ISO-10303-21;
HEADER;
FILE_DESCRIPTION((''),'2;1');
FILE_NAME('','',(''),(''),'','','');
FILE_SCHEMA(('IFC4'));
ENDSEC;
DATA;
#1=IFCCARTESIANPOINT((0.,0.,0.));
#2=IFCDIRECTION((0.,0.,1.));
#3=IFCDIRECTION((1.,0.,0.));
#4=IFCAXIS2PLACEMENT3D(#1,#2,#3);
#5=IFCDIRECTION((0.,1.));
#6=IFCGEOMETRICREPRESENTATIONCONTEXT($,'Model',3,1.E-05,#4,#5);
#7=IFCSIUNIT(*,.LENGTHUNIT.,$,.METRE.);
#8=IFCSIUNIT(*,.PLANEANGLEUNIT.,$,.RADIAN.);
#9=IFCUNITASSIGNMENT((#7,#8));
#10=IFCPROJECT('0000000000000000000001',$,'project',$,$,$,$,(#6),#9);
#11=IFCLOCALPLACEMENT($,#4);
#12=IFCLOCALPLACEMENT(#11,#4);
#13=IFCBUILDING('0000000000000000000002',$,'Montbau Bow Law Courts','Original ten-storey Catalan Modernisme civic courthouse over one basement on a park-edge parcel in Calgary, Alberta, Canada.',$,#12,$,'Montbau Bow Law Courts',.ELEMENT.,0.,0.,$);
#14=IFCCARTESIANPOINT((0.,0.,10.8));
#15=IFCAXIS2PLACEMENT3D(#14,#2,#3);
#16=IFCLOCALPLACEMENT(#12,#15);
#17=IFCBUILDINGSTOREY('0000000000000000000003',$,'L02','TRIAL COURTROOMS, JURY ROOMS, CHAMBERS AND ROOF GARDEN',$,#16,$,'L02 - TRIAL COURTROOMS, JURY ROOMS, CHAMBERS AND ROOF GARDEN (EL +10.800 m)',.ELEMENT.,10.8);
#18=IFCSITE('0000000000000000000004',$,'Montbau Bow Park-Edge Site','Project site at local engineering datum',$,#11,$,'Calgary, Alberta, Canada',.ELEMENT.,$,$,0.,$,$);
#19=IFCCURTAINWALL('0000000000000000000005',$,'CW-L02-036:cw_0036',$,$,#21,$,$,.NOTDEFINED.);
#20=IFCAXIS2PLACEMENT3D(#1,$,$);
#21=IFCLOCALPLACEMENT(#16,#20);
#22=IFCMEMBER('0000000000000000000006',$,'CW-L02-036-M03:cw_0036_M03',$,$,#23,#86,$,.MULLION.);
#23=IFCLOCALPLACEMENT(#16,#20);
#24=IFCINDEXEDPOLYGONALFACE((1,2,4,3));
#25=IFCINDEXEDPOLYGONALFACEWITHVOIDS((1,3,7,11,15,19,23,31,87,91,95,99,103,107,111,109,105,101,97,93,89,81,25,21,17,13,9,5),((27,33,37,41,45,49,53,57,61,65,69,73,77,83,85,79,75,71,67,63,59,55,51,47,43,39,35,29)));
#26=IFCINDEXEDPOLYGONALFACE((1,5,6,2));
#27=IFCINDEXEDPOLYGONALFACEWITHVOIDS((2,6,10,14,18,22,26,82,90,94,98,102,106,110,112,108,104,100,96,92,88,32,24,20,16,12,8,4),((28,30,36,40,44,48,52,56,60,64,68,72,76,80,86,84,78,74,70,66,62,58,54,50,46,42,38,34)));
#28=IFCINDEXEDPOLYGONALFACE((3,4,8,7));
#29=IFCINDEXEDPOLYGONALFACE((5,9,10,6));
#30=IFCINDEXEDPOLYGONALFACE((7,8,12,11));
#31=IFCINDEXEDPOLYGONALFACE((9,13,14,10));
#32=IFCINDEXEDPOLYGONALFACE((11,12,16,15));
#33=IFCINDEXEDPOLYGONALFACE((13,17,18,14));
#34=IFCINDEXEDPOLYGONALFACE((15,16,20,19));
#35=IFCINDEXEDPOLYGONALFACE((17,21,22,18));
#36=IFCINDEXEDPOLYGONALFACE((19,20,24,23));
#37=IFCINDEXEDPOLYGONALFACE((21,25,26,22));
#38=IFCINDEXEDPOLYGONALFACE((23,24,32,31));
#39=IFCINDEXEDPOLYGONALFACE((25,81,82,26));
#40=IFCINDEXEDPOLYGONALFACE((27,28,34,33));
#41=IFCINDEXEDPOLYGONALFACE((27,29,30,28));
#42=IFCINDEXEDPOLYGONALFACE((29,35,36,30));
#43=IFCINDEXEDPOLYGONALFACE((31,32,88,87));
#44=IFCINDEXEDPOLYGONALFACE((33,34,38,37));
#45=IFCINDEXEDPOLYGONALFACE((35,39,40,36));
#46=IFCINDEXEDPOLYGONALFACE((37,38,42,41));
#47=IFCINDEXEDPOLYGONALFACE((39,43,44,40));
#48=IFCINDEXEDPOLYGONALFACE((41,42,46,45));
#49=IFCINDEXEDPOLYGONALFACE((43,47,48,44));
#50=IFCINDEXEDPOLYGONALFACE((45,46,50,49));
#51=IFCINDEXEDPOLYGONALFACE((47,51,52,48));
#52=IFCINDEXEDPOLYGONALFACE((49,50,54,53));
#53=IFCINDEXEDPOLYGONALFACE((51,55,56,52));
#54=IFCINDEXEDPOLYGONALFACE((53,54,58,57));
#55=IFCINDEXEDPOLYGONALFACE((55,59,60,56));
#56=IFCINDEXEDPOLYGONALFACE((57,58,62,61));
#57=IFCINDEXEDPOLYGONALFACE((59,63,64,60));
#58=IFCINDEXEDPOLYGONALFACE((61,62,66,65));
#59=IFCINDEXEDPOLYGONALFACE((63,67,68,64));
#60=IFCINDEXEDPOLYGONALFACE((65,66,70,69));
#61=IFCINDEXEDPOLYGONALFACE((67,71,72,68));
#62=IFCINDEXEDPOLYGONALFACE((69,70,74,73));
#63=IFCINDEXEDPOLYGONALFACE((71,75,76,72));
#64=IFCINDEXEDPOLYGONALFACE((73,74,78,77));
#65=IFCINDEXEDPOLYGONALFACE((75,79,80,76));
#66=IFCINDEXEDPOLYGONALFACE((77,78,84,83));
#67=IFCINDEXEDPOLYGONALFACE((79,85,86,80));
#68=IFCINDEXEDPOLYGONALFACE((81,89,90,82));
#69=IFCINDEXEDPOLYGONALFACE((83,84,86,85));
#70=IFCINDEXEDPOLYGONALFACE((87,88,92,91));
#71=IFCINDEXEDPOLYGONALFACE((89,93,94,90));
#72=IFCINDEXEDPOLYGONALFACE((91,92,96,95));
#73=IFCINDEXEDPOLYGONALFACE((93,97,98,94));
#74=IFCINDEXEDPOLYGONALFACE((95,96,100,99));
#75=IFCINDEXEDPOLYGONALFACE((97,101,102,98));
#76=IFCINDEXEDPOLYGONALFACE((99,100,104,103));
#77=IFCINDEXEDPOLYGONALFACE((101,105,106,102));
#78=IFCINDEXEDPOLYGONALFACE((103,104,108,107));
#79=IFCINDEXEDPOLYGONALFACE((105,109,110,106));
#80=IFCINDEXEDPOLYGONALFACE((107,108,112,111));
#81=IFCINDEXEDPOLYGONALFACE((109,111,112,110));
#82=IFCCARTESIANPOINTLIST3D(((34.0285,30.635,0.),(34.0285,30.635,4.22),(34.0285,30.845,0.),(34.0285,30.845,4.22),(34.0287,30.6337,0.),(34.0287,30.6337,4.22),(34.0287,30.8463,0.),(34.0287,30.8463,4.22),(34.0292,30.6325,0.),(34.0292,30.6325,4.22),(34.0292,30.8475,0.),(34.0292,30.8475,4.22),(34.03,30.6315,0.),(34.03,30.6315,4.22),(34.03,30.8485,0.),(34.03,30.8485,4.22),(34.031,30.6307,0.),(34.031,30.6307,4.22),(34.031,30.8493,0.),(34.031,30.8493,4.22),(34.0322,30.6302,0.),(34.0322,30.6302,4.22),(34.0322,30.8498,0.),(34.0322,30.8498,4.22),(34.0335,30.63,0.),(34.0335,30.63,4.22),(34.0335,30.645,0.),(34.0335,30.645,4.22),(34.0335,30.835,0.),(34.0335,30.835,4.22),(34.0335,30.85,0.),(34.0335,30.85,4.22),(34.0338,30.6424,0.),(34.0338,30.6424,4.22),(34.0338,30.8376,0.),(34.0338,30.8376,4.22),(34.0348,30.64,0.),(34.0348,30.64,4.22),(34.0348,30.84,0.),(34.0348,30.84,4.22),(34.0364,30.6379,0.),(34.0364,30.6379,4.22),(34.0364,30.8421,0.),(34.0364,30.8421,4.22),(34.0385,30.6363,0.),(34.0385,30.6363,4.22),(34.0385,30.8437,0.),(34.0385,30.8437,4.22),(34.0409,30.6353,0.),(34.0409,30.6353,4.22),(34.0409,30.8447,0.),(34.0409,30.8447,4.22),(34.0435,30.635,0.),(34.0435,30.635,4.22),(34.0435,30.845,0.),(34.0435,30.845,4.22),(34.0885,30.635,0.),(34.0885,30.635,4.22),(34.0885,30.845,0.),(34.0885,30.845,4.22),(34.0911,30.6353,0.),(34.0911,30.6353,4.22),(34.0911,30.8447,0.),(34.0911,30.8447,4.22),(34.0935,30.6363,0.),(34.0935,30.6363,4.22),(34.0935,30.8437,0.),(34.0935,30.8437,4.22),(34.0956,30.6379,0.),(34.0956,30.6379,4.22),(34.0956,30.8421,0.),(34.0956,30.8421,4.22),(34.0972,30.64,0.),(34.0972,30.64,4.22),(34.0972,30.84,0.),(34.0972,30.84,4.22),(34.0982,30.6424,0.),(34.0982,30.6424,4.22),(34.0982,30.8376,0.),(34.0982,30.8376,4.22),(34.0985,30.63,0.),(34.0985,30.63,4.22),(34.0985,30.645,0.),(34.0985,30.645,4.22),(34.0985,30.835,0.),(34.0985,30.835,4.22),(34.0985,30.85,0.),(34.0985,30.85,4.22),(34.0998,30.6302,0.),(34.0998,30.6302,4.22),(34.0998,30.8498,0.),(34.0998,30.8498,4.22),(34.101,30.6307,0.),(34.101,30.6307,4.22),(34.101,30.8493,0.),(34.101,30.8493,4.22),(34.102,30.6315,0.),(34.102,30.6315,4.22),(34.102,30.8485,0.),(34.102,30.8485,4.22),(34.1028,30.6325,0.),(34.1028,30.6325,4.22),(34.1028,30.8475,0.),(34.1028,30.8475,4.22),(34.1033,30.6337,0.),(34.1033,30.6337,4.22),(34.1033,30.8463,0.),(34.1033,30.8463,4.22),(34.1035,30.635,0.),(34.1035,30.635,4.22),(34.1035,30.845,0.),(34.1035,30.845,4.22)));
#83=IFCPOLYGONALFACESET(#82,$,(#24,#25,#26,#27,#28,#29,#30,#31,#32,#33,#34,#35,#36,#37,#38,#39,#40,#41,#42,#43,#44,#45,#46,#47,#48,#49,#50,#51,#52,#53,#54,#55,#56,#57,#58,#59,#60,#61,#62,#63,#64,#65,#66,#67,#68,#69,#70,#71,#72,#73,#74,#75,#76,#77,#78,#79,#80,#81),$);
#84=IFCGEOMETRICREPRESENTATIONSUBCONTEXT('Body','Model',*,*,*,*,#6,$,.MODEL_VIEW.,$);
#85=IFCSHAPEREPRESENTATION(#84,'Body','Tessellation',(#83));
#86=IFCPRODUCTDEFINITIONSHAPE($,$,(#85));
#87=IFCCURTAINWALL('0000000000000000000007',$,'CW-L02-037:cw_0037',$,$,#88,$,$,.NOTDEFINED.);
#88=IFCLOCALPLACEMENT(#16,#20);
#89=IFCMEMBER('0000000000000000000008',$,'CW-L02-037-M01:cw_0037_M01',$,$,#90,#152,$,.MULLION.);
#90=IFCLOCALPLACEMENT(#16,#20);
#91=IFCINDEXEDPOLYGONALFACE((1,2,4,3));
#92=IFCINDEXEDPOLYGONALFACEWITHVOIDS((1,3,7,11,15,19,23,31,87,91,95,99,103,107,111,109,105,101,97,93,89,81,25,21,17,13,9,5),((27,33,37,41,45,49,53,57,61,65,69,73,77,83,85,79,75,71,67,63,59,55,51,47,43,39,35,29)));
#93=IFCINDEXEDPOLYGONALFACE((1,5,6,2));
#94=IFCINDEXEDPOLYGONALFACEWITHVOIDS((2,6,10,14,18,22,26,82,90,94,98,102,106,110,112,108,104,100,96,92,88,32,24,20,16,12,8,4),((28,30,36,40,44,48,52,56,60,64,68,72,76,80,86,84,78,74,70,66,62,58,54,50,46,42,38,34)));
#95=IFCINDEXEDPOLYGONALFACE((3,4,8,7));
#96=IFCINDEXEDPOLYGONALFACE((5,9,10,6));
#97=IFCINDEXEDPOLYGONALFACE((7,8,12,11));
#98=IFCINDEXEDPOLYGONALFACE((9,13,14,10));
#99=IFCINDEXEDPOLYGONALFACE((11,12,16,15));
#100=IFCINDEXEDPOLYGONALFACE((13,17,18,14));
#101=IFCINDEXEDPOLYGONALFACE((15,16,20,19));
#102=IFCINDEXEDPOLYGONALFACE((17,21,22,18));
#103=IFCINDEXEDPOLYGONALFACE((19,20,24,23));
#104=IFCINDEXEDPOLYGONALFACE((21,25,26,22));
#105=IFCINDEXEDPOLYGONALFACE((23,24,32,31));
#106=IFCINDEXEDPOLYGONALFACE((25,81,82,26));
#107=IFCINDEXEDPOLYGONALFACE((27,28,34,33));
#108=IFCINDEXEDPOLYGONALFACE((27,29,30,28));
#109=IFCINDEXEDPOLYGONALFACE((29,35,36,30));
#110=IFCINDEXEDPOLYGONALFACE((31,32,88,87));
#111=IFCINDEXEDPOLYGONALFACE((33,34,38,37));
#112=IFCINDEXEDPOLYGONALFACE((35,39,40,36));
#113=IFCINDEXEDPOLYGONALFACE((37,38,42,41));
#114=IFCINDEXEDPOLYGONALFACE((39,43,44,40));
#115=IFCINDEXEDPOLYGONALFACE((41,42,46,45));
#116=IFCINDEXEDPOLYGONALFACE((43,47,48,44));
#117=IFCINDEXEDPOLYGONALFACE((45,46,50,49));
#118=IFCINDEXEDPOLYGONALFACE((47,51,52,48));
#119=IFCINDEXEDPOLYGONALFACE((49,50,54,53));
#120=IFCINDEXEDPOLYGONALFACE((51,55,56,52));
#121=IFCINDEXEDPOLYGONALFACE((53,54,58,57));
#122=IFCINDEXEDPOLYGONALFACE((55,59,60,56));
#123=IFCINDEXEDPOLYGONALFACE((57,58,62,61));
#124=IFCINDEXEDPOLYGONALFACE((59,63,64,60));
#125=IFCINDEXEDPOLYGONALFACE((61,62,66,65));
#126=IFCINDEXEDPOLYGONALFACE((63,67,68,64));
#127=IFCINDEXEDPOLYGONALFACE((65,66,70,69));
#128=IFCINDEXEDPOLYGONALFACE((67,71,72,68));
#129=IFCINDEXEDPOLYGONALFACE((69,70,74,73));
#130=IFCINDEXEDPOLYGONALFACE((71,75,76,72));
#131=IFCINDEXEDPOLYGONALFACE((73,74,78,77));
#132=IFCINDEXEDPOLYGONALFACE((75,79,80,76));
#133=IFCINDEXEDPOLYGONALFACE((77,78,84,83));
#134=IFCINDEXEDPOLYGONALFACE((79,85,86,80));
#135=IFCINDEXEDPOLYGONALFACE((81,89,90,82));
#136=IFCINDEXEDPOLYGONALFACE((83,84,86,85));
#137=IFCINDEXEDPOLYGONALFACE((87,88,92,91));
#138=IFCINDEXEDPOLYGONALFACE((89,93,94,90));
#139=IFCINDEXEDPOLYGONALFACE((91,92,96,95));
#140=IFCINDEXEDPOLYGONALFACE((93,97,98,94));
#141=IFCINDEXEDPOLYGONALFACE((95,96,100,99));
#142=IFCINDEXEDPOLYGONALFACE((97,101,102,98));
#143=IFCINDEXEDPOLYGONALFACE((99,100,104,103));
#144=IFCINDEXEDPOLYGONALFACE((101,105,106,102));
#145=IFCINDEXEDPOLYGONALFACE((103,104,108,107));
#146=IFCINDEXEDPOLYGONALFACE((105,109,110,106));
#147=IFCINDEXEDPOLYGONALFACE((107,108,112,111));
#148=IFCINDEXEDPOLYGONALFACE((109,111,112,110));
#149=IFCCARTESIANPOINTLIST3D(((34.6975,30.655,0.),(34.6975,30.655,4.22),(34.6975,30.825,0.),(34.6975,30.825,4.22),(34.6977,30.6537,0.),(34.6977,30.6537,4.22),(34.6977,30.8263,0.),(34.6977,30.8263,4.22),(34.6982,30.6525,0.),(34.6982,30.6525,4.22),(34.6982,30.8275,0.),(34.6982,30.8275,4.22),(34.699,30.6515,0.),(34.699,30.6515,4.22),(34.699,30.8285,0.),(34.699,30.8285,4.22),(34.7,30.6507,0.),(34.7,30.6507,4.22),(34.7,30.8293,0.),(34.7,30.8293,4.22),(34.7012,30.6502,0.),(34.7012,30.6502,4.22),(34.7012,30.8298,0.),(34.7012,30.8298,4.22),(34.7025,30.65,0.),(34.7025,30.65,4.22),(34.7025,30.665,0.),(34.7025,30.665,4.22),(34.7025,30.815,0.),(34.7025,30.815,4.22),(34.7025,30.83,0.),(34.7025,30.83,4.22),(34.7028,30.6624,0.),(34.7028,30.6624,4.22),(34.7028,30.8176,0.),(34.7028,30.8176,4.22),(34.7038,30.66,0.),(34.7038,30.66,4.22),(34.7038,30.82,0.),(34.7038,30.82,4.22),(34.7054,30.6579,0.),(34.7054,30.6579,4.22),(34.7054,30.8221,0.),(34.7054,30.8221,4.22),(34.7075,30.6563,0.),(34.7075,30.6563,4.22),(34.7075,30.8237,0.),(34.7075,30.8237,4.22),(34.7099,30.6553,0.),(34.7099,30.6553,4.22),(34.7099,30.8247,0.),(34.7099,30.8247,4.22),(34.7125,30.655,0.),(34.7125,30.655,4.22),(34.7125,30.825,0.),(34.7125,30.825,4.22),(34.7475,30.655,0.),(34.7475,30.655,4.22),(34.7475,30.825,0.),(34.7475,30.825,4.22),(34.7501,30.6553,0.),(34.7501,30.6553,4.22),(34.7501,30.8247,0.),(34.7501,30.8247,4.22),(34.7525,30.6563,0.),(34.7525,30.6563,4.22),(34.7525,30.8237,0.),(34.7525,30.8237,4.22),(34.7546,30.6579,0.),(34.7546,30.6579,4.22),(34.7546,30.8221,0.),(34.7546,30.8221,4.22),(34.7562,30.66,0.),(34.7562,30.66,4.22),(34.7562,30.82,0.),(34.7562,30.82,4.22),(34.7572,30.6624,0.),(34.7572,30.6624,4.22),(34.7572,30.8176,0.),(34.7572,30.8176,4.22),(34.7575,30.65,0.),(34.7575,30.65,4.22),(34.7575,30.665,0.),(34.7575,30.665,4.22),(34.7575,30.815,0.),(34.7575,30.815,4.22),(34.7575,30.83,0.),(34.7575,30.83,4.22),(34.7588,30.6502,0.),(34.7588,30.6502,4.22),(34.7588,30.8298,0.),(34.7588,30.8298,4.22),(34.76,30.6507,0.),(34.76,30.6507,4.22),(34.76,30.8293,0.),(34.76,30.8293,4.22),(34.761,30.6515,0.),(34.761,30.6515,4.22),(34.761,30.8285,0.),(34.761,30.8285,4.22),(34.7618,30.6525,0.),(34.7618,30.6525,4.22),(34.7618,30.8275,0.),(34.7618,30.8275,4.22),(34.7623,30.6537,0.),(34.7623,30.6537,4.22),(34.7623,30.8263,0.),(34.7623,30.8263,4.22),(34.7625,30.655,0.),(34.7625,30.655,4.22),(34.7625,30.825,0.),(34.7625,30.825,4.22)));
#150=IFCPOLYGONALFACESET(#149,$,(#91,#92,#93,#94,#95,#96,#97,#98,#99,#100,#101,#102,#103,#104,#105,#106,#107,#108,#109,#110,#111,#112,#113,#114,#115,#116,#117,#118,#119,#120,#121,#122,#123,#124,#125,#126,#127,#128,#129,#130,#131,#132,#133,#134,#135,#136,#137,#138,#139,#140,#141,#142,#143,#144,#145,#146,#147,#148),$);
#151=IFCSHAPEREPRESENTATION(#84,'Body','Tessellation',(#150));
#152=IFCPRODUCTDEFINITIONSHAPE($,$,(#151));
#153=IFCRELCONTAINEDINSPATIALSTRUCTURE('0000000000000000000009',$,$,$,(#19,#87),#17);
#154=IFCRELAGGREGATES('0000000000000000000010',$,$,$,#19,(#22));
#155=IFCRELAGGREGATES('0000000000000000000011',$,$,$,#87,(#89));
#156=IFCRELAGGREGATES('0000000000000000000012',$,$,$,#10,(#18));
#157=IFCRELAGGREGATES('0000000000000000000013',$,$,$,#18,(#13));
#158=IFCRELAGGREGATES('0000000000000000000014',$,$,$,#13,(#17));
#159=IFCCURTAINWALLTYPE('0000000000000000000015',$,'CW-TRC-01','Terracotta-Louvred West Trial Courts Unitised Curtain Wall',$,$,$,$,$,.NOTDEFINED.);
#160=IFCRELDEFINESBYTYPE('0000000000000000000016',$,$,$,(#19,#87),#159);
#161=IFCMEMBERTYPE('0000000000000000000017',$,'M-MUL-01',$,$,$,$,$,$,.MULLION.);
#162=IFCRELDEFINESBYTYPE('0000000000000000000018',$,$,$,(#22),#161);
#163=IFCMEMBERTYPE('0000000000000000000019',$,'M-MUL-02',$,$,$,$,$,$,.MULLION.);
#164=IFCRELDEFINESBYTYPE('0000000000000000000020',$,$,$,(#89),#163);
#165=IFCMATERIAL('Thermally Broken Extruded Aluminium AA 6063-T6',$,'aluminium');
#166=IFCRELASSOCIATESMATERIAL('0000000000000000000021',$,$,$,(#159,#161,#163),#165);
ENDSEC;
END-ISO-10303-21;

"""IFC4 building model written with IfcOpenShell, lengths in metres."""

from ifc_helpers import new_model, si_unit, direction, frame, origin_with_axes, origin_2d_with_axis, place, context, subcontext, project, spatial, hollow_rectangle, extrude, material, material_profile, profile_set, type_object, element, aggregate, save


model = new_model("IFC4")

# Units and contexts
model_context = context("Model", 3, precision=1e-05, world=origin_with_axes(), true_north=direction((0.0, 1.0)))
body_context = subcontext(model_context, "Body", "Model", "MODEL_VIEW")
ifc_project = project(units=[si_unit("LENGTHUNIT", "METRE"), si_unit("PLANEANGLEUNIT", "RADIAN")], contexts=[model_context])

# Site, building, storey
site_placement = place(None, origin_with_axes())
site = spatial("IfcSite", under=ifc_project, at=site_placement, Name="Montbau Bow Park-Edge Site", Description="Project site at local engineering datum", LongName="Calgary, Alberta, Canada", CompositionType="ELEMENT", RefElevation=0.0)
building_placement = place(site_placement, origin_with_axes())
building = spatial("IfcBuilding", under=site, at=building_placement, Name="Montbau Bow Law Courts", Description="Original ten-storey Catalan Modernisme civic courthouse over one basement on a park-edge parcel in Calgary, Alberta, Canada.", LongName="Montbau Bow Law Courts", CompositionType="ELEMENT", ElevationOfRefHeight=0.0, ElevationOfTerrain=0.0)
storey_placement = place(building_placement, frame((0.0, 0.0, 10.8), z_axis=(0.0, 0.0, 1.0), x_axis=(1.0, 0.0, 0.0)))
storey = spatial("IfcBuildingStorey", under=building, at=storey_placement, Name="L02", Description="TRIAL COURTROOMS, JURY ROOMS, CHAMBERS AND ROOF GARDEN", LongName="L02 - TRIAL COURTROOMS, JURY ROOMS, CHAMBERS AND ROOF GARDEN (EL +10.800 m)", CompositionType="ELEMENT", Elevation=10.8)

# Curtain walls, members
ifc_material_1 = material(Name="Thermally Broken Extruded Aluminium AA 6063-T6", Category="aluminium")
curtain_wall_type = type_object("IfcCurtainWallType", Name="CW-TRC-01", Description="Terracotta-Louvred West Trial Courts Unitised Curtain Wall", PredefinedType="NOTDEFINED", material=ifc_material_1)
curtain_wall_1_placement = place(None, frame((31.115, 30.74, 10.8), z_axis=(0.0, 0.0, 1.0), x_axis=(1.0, 0.0, 0.0)))
curtain_wall_1 = element("IfcCurtainWall", 1, at=curtain_wall_1_placement, inside=storey, type_object=curtain_wall_type, Name="CW-L02-036:cw_0036", PredefinedType="NOTDEFINED")
ifc_material_profile_1 = material_profile(ifc_material_1, hollow_rectangle(XDim=0.075, YDim=0.22, WallThickness=0.005, InnerFilletRadius=0.01, OuterFilletRadius=0.005, at=origin_2d_with_axis()), Name="CWM-220X75", Category="Main", Priority=0)
ifc_profile_set_1 = profile_set([ifc_material_profile_1], Name="Thermally Broken Extruded Aluminium AA 6063-T6")
member_type_1 = type_object("IfcMemberType", Name="M-MUL-01", PredefinedType="MULLION", material=ifc_profile_set_1)
member_1_placement = place(None, frame((34.066, 30.74, 10.8), z_axis=(0.0, 0.0, 1.0), x_axis=(1.0, 0.0, 0.0)))
member_1 = element("IfcMember", 2, at=member_1_placement, type_object=member_type_1, Name="CW-L02-036-M03:cw_0036_M03", PredefinedType="MULLION", context=body_context, shape_type="SweptSolid", body=[
    extrude(hollow_rectangle(XDim=0.075, YDim=0.22, WallThickness=0.005, InnerFilletRadius=0.01, OuterFilletRadius=0.005, at=origin_2d_with_axis()), origin_with_axes(), (0.0, 0.0, 1.0), 4.22),
])
curtain_wall_2_placement = place(None, frame((34.697, 30.74, 10.8), z_axis=(0.0, 0.0, 1.0), x_axis=(1.0, 0.0, 0.0)))
curtain_wall_2 = element("IfcCurtainWall", 3, at=curtain_wall_2_placement, inside=storey, type_object=curtain_wall_type, Name="CW-L02-037:cw_0037", PredefinedType="NOTDEFINED")
ifc_material_profile_2 = material_profile(ifc_material_1, hollow_rectangle(XDim=0.065, YDim=0.18, WallThickness=0.005, InnerFilletRadius=0.01, OuterFilletRadius=0.005, at=origin_2d_with_axis()), Name="CWM-180X65", Category="Main", Priority=0)
ifc_profile_set_2 = profile_set([ifc_material_profile_2], Name="Thermally Broken Extruded Aluminium AA 6063-T6")
member_type_2 = type_object("IfcMemberType", Name="M-MUL-02", PredefinedType="MULLION", material=ifc_profile_set_2)
member_2_placement = place(None, frame((34.73, 30.74, 10.8), z_axis=(0.0, 0.0, 1.0), x_axis=(1.0, 0.0, 0.0)))
member_2 = element("IfcMember", 4, at=member_2_placement, type_object=member_type_2, Name="CW-L02-037-M01:cw_0037_M01", PredefinedType="MULLION", context=body_context, shape_type="SweptSolid", body=[
    extrude(hollow_rectangle(XDim=0.065, YDim=0.18, WallThickness=0.005, InnerFilletRadius=0.01, OuterFilletRadius=0.005, at=origin_2d_with_axis()), origin_with_axes(), (0.0, 0.0, 1.0), 4.22),
])

aggregate(curtain_wall_1, [member_1])
aggregate(curtain_wall_2, [member_2])

save(model, "model.ifc")
